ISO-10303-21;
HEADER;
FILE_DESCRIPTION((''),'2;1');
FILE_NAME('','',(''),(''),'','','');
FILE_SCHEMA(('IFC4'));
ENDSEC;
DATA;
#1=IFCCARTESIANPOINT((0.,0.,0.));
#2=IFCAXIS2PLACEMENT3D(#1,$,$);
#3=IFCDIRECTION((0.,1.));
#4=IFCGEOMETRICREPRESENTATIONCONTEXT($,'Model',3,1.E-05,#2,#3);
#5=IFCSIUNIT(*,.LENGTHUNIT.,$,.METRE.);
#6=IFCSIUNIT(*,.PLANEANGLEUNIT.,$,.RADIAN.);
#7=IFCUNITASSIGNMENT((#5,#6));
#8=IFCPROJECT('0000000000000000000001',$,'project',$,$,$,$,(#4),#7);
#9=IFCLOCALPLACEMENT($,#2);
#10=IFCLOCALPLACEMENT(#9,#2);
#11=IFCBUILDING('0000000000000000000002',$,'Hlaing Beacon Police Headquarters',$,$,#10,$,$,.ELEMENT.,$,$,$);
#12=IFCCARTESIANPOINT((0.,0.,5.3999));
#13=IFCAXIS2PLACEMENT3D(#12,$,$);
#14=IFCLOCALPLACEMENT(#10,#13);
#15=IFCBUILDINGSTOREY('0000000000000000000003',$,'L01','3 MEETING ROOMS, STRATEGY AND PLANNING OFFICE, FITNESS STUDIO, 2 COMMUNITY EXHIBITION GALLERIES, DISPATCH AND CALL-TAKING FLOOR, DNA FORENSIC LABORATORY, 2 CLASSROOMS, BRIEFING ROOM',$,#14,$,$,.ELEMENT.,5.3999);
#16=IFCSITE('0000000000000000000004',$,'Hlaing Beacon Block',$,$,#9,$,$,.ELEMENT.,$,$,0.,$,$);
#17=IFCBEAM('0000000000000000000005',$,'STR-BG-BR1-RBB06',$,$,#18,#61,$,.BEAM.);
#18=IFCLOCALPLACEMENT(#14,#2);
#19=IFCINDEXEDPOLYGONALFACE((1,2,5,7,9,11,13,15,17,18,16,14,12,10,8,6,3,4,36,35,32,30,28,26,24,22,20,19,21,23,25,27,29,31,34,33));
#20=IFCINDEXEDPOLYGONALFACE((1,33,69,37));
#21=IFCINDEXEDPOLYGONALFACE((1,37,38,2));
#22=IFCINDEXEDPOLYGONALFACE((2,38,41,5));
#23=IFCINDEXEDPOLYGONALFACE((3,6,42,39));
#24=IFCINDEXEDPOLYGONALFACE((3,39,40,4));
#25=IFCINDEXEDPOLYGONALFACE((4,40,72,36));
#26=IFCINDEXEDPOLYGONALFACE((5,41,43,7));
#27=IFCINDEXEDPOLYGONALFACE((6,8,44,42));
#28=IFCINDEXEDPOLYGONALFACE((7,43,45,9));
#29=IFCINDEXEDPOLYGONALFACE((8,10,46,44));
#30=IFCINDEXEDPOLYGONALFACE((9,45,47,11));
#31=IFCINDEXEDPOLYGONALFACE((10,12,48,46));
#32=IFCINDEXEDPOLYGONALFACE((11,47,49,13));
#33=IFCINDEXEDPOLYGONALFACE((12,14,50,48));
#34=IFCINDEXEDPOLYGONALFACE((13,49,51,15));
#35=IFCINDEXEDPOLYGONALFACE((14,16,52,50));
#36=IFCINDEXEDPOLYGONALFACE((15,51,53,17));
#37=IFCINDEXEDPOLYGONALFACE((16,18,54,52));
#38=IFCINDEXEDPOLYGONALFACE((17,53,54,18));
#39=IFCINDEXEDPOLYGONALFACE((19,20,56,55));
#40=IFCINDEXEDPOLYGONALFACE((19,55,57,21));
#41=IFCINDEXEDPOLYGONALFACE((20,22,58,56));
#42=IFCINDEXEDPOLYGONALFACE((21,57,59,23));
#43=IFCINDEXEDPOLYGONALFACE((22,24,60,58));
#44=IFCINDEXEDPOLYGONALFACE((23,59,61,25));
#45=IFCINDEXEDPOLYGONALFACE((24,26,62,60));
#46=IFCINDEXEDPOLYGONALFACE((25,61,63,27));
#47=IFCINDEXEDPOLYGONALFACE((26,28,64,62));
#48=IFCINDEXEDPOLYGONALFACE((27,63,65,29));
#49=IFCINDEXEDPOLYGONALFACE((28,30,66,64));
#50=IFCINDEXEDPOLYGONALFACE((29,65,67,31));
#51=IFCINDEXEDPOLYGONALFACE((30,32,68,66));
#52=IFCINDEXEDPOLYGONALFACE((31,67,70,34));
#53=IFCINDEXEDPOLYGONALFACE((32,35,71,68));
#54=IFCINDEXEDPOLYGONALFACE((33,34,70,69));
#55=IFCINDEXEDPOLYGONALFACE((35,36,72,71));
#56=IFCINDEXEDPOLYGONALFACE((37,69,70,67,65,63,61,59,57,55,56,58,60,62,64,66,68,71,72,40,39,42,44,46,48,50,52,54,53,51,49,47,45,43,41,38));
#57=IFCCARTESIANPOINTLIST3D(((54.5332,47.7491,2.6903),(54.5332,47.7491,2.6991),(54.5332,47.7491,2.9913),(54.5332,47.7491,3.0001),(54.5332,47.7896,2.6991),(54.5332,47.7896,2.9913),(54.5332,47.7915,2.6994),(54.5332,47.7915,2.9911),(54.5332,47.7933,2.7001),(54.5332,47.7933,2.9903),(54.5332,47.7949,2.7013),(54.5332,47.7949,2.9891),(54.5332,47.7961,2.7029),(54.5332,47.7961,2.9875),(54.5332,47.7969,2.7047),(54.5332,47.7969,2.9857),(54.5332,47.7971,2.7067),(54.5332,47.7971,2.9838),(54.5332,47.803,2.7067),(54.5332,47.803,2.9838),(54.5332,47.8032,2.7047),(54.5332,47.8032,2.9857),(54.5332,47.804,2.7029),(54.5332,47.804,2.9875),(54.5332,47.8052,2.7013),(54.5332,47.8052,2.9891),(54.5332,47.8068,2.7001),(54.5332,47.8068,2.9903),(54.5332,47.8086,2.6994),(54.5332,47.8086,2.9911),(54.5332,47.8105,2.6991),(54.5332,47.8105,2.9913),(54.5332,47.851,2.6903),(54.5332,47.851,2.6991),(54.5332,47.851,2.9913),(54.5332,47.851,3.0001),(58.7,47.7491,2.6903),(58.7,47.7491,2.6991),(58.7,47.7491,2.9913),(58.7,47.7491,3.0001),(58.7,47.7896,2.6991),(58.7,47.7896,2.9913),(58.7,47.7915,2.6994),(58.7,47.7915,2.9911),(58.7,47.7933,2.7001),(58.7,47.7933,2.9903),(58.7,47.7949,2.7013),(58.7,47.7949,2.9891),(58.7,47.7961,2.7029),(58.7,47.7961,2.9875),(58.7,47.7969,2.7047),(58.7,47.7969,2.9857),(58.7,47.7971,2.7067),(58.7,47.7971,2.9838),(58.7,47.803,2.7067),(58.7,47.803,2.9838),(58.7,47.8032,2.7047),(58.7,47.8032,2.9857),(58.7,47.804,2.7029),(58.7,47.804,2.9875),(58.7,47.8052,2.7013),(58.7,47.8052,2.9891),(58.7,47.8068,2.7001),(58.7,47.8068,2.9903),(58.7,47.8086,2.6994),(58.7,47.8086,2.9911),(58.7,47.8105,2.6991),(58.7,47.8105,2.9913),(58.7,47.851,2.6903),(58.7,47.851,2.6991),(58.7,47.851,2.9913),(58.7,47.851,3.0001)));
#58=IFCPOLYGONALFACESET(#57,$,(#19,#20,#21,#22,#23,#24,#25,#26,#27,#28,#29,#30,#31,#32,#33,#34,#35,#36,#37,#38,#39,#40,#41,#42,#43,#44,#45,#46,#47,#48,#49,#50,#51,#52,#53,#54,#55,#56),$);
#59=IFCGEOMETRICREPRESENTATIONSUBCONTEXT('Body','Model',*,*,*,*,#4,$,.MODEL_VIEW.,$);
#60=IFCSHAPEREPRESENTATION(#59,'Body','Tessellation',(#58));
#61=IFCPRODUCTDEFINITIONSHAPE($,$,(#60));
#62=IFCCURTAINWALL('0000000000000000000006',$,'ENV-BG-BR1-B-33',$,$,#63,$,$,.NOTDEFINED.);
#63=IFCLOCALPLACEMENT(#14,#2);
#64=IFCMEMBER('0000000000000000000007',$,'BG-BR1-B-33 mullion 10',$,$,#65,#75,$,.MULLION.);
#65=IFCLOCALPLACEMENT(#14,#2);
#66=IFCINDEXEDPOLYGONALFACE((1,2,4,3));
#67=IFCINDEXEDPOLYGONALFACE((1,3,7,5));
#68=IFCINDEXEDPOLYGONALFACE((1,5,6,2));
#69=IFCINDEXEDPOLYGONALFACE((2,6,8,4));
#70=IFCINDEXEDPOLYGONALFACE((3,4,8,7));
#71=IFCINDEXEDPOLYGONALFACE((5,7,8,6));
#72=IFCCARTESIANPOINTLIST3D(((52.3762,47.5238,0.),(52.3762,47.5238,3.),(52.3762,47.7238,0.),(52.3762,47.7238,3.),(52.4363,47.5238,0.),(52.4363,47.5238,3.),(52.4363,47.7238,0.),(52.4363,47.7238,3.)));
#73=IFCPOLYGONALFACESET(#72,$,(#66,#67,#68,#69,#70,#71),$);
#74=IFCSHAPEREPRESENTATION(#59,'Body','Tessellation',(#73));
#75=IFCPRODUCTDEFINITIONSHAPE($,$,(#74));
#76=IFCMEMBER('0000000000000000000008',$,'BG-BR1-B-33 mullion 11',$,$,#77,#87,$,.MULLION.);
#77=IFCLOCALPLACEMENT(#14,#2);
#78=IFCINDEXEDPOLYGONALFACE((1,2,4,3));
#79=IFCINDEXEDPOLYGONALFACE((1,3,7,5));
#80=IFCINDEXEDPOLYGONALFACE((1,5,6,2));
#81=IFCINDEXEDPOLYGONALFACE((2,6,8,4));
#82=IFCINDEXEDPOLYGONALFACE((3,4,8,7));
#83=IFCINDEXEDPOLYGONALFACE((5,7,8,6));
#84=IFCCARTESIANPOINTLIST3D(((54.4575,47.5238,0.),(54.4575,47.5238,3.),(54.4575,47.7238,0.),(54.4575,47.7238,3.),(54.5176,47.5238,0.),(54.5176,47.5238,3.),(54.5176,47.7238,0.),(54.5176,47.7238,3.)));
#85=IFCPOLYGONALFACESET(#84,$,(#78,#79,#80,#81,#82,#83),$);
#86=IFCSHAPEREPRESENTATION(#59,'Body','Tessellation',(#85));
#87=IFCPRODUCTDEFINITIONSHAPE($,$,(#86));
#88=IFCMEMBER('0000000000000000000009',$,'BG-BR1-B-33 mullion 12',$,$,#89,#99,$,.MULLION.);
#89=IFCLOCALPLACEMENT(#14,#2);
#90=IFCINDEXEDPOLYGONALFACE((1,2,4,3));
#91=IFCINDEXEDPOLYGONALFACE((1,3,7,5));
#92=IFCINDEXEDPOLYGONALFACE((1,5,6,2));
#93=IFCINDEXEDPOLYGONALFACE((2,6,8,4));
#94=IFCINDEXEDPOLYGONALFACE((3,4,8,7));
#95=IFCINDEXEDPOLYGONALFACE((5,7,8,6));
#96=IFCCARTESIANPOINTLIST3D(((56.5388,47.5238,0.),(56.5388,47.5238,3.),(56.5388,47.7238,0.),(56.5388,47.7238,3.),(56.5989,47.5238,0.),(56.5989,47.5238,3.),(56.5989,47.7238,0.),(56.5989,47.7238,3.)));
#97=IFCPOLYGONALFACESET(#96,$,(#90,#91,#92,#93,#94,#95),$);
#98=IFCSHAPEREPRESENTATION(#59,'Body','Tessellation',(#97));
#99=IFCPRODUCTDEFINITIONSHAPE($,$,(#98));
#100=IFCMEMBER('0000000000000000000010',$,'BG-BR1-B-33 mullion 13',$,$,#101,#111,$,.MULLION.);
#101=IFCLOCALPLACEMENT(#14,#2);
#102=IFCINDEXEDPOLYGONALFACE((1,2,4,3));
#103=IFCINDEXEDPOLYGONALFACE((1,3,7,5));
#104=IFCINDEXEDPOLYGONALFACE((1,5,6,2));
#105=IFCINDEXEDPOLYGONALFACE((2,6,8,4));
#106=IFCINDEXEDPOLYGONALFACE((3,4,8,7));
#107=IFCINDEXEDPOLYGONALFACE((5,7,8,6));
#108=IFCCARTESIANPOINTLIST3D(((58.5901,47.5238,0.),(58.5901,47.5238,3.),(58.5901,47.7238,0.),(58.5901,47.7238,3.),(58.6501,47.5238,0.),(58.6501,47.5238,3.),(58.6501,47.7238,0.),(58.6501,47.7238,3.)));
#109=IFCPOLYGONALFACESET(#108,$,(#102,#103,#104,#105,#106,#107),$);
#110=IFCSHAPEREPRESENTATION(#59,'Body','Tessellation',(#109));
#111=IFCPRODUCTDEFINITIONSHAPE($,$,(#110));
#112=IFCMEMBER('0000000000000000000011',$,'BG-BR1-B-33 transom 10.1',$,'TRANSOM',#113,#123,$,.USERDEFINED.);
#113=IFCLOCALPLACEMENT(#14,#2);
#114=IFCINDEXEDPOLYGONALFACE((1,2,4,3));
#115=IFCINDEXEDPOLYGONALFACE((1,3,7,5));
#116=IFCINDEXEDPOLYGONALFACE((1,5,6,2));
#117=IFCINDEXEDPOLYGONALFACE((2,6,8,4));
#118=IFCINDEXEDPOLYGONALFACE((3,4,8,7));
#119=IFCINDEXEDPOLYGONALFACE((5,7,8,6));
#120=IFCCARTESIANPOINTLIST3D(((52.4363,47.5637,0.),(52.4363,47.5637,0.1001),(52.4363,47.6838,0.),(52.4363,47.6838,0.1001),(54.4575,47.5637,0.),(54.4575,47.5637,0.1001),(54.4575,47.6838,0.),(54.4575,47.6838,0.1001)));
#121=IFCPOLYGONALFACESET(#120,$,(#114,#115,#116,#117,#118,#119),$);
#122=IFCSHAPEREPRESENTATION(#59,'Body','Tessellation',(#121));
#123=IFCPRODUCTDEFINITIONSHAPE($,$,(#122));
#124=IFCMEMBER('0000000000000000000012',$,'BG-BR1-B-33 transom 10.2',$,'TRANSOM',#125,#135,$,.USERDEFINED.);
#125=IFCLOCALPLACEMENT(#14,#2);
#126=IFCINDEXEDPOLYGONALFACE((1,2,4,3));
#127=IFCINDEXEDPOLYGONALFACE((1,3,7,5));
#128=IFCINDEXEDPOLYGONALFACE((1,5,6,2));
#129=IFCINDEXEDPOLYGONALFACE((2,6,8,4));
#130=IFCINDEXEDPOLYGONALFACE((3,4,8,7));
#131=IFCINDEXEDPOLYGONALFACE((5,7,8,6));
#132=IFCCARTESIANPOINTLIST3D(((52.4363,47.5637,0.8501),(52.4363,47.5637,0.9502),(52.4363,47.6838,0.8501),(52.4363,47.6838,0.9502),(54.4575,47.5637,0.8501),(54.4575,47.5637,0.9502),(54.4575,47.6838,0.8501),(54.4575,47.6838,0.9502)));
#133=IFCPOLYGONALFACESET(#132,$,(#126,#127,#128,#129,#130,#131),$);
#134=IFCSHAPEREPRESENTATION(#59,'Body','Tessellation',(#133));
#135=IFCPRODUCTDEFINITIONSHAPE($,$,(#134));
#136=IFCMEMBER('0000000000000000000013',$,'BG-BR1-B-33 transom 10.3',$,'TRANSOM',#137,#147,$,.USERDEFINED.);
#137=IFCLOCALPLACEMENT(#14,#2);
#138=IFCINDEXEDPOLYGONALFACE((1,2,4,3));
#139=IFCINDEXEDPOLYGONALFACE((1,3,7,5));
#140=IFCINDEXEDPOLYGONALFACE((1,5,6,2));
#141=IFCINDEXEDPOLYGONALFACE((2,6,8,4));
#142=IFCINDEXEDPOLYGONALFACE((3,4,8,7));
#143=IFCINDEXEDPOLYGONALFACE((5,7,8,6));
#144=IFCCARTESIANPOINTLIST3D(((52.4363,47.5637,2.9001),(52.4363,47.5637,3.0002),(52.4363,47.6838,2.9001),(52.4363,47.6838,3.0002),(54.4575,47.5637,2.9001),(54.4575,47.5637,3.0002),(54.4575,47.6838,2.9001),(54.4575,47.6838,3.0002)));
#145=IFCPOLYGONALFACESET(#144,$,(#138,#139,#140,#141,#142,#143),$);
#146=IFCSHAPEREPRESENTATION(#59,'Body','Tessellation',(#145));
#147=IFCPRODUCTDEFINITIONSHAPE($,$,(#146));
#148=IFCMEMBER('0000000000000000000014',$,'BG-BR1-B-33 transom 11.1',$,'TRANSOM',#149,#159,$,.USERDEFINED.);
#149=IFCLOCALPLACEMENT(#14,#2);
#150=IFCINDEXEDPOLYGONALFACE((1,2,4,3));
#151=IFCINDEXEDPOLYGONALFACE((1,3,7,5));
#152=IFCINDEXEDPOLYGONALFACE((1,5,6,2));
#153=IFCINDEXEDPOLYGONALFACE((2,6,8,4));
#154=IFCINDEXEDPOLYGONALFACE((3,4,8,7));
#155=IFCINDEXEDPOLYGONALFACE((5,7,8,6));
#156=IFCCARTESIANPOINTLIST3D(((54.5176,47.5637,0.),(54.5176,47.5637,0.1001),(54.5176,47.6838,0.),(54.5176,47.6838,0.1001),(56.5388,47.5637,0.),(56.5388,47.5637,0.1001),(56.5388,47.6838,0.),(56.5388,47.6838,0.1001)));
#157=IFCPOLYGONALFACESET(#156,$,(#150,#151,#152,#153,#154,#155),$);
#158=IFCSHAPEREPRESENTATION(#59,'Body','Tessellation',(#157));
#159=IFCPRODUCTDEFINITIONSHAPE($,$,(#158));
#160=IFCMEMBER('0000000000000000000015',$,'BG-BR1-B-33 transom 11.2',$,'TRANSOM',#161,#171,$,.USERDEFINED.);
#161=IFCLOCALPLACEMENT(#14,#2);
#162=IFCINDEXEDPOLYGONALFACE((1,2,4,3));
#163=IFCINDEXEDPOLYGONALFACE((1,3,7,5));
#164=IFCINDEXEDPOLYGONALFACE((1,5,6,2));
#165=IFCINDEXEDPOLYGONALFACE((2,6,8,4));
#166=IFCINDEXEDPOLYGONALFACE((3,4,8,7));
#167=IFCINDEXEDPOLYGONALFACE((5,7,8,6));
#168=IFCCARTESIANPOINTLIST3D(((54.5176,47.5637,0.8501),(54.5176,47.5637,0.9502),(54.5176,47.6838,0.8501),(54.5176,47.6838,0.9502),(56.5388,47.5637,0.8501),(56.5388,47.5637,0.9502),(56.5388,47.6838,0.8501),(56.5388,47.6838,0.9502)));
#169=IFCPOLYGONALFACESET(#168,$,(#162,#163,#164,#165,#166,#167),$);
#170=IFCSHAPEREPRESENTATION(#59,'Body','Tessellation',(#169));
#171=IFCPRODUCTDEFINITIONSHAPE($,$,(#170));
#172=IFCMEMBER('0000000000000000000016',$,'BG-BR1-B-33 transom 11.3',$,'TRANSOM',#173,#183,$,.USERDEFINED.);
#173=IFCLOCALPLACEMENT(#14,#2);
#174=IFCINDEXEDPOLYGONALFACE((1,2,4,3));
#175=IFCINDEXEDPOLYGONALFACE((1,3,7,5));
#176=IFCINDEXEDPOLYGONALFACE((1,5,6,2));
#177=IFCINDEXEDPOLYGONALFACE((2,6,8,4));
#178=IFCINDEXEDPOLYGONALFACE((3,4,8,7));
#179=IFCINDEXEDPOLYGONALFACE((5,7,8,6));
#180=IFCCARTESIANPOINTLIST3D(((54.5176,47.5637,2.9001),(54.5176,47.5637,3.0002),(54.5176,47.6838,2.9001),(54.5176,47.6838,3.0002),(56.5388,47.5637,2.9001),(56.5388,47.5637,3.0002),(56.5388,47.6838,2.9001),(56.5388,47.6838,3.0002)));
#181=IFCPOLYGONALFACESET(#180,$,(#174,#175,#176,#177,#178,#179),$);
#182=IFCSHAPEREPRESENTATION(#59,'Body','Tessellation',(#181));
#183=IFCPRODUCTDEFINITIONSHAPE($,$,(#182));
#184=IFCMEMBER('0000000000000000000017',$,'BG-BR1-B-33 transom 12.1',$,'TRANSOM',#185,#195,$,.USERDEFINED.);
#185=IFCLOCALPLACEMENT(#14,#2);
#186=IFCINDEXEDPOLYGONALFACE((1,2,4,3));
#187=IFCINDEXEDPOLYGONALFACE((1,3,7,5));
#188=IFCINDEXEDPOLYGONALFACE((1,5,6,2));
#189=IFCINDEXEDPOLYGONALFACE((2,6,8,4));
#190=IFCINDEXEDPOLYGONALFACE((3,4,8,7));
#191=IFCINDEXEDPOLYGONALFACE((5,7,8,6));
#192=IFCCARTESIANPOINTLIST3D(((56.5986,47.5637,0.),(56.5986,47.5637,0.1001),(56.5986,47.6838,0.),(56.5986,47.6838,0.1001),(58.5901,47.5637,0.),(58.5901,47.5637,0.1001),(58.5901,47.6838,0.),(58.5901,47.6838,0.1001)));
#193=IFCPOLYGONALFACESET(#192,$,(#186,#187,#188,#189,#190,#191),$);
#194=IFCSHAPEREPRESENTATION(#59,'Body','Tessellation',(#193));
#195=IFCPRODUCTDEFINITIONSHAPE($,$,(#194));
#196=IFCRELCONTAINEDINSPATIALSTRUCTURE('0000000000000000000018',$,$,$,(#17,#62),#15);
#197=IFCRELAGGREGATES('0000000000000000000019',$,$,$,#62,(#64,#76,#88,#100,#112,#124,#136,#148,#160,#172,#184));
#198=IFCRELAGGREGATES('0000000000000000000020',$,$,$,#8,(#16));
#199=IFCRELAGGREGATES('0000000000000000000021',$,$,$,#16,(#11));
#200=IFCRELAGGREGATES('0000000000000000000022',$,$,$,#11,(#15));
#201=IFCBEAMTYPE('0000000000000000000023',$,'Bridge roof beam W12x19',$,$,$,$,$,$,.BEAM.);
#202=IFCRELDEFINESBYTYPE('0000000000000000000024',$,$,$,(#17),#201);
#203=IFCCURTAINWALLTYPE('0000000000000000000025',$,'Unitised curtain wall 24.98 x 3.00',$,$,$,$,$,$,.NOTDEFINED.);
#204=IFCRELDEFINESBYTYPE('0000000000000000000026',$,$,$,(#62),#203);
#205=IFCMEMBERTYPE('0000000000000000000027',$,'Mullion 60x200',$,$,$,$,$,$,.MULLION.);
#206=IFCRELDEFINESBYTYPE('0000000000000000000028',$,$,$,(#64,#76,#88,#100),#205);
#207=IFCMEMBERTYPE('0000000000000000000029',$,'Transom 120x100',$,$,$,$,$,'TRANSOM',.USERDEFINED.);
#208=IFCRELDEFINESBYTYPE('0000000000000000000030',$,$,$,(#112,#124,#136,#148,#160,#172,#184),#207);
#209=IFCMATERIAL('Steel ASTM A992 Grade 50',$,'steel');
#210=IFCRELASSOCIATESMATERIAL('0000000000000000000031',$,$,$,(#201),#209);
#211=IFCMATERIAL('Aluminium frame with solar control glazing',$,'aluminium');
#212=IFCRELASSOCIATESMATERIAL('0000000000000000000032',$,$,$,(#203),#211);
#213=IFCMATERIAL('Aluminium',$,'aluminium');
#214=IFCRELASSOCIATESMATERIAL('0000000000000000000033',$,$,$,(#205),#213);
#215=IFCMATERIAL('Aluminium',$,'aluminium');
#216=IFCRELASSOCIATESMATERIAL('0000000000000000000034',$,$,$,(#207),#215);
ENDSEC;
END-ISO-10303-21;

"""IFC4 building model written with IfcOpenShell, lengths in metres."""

from ifc_helpers import new_model, si_unit, direction, frame, origin, origin_2d, place, context, subcontext, project, spatial, rectangle, i_section, extrude, material, material_profile, profile_set, type_object, element, aggregate, save


model = new_model("IFC4")

# Units and contexts
model_context = context("Model", 3, precision=1e-05, world=origin(), true_north=direction((0.0, 1.0)))
body_context = subcontext(model_context, "Body", "Model", "MODEL_VIEW")
ifc_project = project(units=[si_unit("LENGTHUNIT", "METRE"), si_unit("PLANEANGLEUNIT", "RADIAN")], contexts=[model_context])

# Site, building, storey
site_placement = place(None, origin())
site = spatial("IfcSite", under=ifc_project, at=site_placement, Name="Hlaing Beacon Block", CompositionType="ELEMENT", RefElevation=0.0)
building_placement = place(site_placement, origin())
building = spatial("IfcBuilding", under=site, at=building_placement, Name="Hlaing Beacon Police Headquarters", CompositionType="ELEMENT")
storey_placement = place(building_placement, frame((0.0, 0.0, 5.3999)))
storey = spatial("IfcBuildingStorey", under=building, at=storey_placement, Name="L01", Description="3 MEETING ROOMS, STRATEGY AND PLANNING OFFICE, FITNESS STUDIO, 2 COMMUNITY EXHIBITION GALLERIES, DISPATCH AND CALL-TAKING FLOOR, DNA FORENSIC LABORATORY, 2 CLASSROOMS, BRIEFING ROOM", CompositionType="ELEMENT", Elevation=5.3999)

# Beam
ifc_material_1 = material(Name="Steel ASTM A992 Grade 50", Category="steel")
ifc_material_profile_1 = material_profile(ifc_material_1, i_section(OverallWidth=0.1018, OverallDepth=0.3098, WebThickness=0.0059, FlangeThickness=0.0088, FilletRadius=0.0076, at=origin_2d()), Name="W12x19")
ifc_profile_set_1 = profile_set([ifc_material_profile_1], Name="Steel ASTM A992 Grade 50")
beam_type = type_object("IfcBeamType", Name="Bridge roof beam W12x19", PredefinedType="BEAM", material=ifc_profile_set_1)
beam_placement = place(storey_placement, frame((54.5332, 47.8, 2.8452), z_axis=(1.0, 0.0, 0.0), x_axis=(0.0, 1.0, 0.0)))
element("IfcBeam", 1, at=beam_placement, inside=storey, type_object=beam_type, Name="STR-BG-BR1-RBB06", PredefinedType="BEAM", context=body_context, shape_type="SweptSolid", body=[
    extrude(i_section(OverallWidth=0.1018, OverallDepth=0.3098, WebThickness=0.0059, FlangeThickness=0.0088, FilletRadius=0.0076, at=origin_2d()), origin(), (0.0, 0.0, 1.0), 4.1667),
])

# Curtain wall, members
ifc_material_2 = material(Name="Aluminium frame with solar control glazing", Category="aluminium")
curtain_wall_type = type_object("IfcCurtainWallType", Name="Unitised curtain wall 24.98 x 3.00", PredefinedType="NOTDEFINED", material=ifc_material_2)
curtain_wall_placement = place(storey_placement, origin())
curtain_wall = element("IfcCurtainWall", 2, at=curtain_wall_placement, inside=storey, type_object=curtain_wall_type, Name="ENV-BG-BR1-B-33", PredefinedType="NOTDEFINED")
ifc_material_3 = material(Name="Aluminium", Category="aluminium")
ifc_material_profile_2 = material_profile(ifc_material_3, rectangle(XDim=0.2, YDim=0.0601, at=origin_2d()), Name="Mullion 60x200")
ifc_profile_set_2 = profile_set([ifc_material_profile_2], Name="Aluminium")
member_type_1 = type_object("IfcMemberType", Name="Mullion 60x200", PredefinedType="MULLION", material=ifc_profile_set_2)
member_1_placement = place(storey_placement, frame((52.4062, 47.6238, 0.0), z_axis=(0.0, 0.0, 1.0), x_axis=(0.0, 1.0, 0.0)))
member_1 = element("IfcMember", 3, at=member_1_placement, type_object=member_type_1, Name="BG-BR1-B-33 mullion 10", PredefinedType="MULLION", context=body_context, shape_type="SweptSolid", body=[
    extrude(rectangle(XDim=0.2, YDim=0.0601, at=origin_2d()), origin(), (0.0, 0.0, 1.0), 3.0),
])
member_2_placement = place(storey_placement, frame((54.4875, 47.6238, 0.0), z_axis=(0.0, 0.0, 1.0), x_axis=(0.0, 1.0, 0.0)))
member_2 = element("IfcMember", 4, at=member_2_placement, type_object=member_type_1, Name="BG-BR1-B-33 mullion 11", PredefinedType="MULLION", context=body_context, shape_type="SweptSolid", body=[
    extrude(rectangle(XDim=0.2, YDim=0.0601, at=origin_2d()), origin(), (0.0, 0.0, 1.0), 3.0),
])
member_3_placement = place(storey_placement, frame((56.5688, 47.6238, 0.0), z_axis=(0.0, 0.0, 1.0), x_axis=(0.0, 1.0, 0.0)))
member_3 = element("IfcMember", 5, at=member_3_placement, type_object=member_type_1, Name="BG-BR1-B-33 mullion 12", PredefinedType="MULLION", context=body_context, shape_type="SweptSolid", body=[
    extrude(rectangle(XDim=0.2, YDim=0.0601, at=origin_2d()), origin(), (0.0, 0.0, 1.0), 3.0),
])
member_4_placement = place(storey_placement, frame((58.6201, 47.6238, 0.0), z_axis=(0.0, 0.0, 1.0), x_axis=(0.0, 1.0, 0.0)))
member_4 = element("IfcMember", 6, at=member_4_placement, type_object=member_type_1, Name="BG-BR1-B-33 mullion 13", PredefinedType="MULLION", context=body_context, shape_type="SweptSolid", body=[
    extrude(rectangle(XDim=0.2, YDim=0.0601, at=origin_2d()), origin(), (0.0, 0.0, 1.0), 3.0),
])
ifc_material_4 = material(Name="Aluminium", Category="aluminium")
ifc_material_profile_3 = material_profile(ifc_material_4, rectangle(XDim=0.1201, YDim=0.1001, at=origin_2d()), Name="Transom 120x100")
ifc_profile_set_3 = profile_set([ifc_material_profile_3], Name="Aluminium")
member_type_2 = type_object("IfcMemberType", Name="Transom 120x100", ElementType="TRANSOM", PredefinedType="USERDEFINED", material=ifc_profile_set_3)
member_5_placement = place(storey_placement, frame((52.4363, 47.6238, 0.05), z_axis=(1.0, 0.0, 0.0), x_axis=(0.0, 1.0, 0.0)))
member_5 = element("IfcMember", 7, at=member_5_placement, type_object=member_type_2, Name="BG-BR1-B-33 transom 10.1", ObjectType="TRANSOM", PredefinedType="USERDEFINED", context=body_context, shape_type="SweptSolid", body=[
    extrude(rectangle(XDim=0.1201, YDim=0.1001, at=origin_2d()), origin(), (0.0, 0.0, 1.0), 2.0212),
])
member_6_placement = place(storey_placement, frame((52.4363, 47.6238, 0.9001), z_axis=(1.0, 0.0, 0.0), x_axis=(0.0, 1.0, 0.0)))
member_6 = element("IfcMember", 8, at=member_6_placement, type_object=member_type_2, Name="BG-BR1-B-33 transom 10.2", ObjectType="TRANSOM", PredefinedType="USERDEFINED", context=body_context, shape_type="SweptSolid", body=[
    extrude(rectangle(XDim=0.1201, YDim=0.1001, at=origin_2d()), origin(), (0.0, 0.0, 1.0), 2.0212),
])
member_7_placement = place(storey_placement, frame((52.4363, 47.6238, 2.9502), z_axis=(1.0, 0.0, 0.0), x_axis=(0.0, 1.0, 0.0)))
member_7 = element("IfcMember", 9, at=member_7_placement, type_object=member_type_2, Name="BG-BR1-B-33 transom 10.3", ObjectType="TRANSOM", PredefinedType="USERDEFINED", context=body_context, shape_type="SweptSolid", body=[
    extrude(rectangle(XDim=0.1201, YDim=0.1001, at=origin_2d()), origin(), (0.0, 0.0, 1.0), 2.0212),
])
member_8_placement = place(storey_placement, frame((54.5176, 47.6238, 0.05), z_axis=(1.0, 0.0, 0.0), x_axis=(0.0, 1.0, 0.0)))
member_8 = element("IfcMember", 10, at=member_8_placement, type_object=member_type_2, Name="BG-BR1-B-33 transom 11.1", ObjectType="TRANSOM", PredefinedType="USERDEFINED", context=body_context, shape_type="SweptSolid", body=[
    extrude(rectangle(XDim=0.1201, YDim=0.1001, at=origin_2d()), origin(), (0.0, 0.0, 1.0), 2.0212),
])
member_9_placement = place(storey_placement, frame((54.5176, 47.6238, 0.9001), z_axis=(1.0, 0.0, 0.0), x_axis=(0.0, 1.0, 0.0)))
member_9 = element("IfcMember", 11, at=member_9_placement, type_object=member_type_2, Name="BG-BR1-B-33 transom 11.2", ObjectType="TRANSOM", PredefinedType="USERDEFINED", context=body_context, shape_type="SweptSolid", body=[
    extrude(rectangle(XDim=0.1201, YDim=0.1001, at=origin_2d()), origin(), (0.0, 0.0, 1.0), 2.0212),
])
member_10_placement = place(storey_placement, frame((54.5176, 47.6238, 2.9502), z_axis=(1.0, 0.0, 0.0), x_axis=(0.0, 1.0, 0.0)))
member_10 = element("IfcMember", 12, at=member_10_placement, type_object=member_type_2, Name="BG-BR1-B-33 transom 11.3", ObjectType="TRANSOM", PredefinedType="USERDEFINED", context=body_context, shape_type="SweptSolid", body=[
    extrude(rectangle(XDim=0.1201, YDim=0.1001, at=origin_2d()), origin(), (0.0, 0.0, 1.0), 2.0212),
])
member_11_placement = place(storey_placement, frame((56.5986, 47.6238, 0.05), z_axis=(1.0, 0.0, 0.0), x_axis=(0.0, 1.0, 0.0)))
member_11 = element("IfcMember", 13, at=member_11_placement, type_object=member_type_2, Name="BG-BR1-B-33 transom 12.1", ObjectType="TRANSOM", PredefinedType="USERDEFINED", context=body_context, shape_type="SweptSolid", body=[
    extrude(rectangle(XDim=0.1201, YDim=0.1001, at=origin_2d()), origin(), (0.0, 0.0, 1.0), 1.9915),
])
aggregate(curtain_wall, [member_1, member_2, member_3, member_4, member_5, member_6, member_7, member_8, member_9, member_10, member_11])

save(model, "model.ifc")
